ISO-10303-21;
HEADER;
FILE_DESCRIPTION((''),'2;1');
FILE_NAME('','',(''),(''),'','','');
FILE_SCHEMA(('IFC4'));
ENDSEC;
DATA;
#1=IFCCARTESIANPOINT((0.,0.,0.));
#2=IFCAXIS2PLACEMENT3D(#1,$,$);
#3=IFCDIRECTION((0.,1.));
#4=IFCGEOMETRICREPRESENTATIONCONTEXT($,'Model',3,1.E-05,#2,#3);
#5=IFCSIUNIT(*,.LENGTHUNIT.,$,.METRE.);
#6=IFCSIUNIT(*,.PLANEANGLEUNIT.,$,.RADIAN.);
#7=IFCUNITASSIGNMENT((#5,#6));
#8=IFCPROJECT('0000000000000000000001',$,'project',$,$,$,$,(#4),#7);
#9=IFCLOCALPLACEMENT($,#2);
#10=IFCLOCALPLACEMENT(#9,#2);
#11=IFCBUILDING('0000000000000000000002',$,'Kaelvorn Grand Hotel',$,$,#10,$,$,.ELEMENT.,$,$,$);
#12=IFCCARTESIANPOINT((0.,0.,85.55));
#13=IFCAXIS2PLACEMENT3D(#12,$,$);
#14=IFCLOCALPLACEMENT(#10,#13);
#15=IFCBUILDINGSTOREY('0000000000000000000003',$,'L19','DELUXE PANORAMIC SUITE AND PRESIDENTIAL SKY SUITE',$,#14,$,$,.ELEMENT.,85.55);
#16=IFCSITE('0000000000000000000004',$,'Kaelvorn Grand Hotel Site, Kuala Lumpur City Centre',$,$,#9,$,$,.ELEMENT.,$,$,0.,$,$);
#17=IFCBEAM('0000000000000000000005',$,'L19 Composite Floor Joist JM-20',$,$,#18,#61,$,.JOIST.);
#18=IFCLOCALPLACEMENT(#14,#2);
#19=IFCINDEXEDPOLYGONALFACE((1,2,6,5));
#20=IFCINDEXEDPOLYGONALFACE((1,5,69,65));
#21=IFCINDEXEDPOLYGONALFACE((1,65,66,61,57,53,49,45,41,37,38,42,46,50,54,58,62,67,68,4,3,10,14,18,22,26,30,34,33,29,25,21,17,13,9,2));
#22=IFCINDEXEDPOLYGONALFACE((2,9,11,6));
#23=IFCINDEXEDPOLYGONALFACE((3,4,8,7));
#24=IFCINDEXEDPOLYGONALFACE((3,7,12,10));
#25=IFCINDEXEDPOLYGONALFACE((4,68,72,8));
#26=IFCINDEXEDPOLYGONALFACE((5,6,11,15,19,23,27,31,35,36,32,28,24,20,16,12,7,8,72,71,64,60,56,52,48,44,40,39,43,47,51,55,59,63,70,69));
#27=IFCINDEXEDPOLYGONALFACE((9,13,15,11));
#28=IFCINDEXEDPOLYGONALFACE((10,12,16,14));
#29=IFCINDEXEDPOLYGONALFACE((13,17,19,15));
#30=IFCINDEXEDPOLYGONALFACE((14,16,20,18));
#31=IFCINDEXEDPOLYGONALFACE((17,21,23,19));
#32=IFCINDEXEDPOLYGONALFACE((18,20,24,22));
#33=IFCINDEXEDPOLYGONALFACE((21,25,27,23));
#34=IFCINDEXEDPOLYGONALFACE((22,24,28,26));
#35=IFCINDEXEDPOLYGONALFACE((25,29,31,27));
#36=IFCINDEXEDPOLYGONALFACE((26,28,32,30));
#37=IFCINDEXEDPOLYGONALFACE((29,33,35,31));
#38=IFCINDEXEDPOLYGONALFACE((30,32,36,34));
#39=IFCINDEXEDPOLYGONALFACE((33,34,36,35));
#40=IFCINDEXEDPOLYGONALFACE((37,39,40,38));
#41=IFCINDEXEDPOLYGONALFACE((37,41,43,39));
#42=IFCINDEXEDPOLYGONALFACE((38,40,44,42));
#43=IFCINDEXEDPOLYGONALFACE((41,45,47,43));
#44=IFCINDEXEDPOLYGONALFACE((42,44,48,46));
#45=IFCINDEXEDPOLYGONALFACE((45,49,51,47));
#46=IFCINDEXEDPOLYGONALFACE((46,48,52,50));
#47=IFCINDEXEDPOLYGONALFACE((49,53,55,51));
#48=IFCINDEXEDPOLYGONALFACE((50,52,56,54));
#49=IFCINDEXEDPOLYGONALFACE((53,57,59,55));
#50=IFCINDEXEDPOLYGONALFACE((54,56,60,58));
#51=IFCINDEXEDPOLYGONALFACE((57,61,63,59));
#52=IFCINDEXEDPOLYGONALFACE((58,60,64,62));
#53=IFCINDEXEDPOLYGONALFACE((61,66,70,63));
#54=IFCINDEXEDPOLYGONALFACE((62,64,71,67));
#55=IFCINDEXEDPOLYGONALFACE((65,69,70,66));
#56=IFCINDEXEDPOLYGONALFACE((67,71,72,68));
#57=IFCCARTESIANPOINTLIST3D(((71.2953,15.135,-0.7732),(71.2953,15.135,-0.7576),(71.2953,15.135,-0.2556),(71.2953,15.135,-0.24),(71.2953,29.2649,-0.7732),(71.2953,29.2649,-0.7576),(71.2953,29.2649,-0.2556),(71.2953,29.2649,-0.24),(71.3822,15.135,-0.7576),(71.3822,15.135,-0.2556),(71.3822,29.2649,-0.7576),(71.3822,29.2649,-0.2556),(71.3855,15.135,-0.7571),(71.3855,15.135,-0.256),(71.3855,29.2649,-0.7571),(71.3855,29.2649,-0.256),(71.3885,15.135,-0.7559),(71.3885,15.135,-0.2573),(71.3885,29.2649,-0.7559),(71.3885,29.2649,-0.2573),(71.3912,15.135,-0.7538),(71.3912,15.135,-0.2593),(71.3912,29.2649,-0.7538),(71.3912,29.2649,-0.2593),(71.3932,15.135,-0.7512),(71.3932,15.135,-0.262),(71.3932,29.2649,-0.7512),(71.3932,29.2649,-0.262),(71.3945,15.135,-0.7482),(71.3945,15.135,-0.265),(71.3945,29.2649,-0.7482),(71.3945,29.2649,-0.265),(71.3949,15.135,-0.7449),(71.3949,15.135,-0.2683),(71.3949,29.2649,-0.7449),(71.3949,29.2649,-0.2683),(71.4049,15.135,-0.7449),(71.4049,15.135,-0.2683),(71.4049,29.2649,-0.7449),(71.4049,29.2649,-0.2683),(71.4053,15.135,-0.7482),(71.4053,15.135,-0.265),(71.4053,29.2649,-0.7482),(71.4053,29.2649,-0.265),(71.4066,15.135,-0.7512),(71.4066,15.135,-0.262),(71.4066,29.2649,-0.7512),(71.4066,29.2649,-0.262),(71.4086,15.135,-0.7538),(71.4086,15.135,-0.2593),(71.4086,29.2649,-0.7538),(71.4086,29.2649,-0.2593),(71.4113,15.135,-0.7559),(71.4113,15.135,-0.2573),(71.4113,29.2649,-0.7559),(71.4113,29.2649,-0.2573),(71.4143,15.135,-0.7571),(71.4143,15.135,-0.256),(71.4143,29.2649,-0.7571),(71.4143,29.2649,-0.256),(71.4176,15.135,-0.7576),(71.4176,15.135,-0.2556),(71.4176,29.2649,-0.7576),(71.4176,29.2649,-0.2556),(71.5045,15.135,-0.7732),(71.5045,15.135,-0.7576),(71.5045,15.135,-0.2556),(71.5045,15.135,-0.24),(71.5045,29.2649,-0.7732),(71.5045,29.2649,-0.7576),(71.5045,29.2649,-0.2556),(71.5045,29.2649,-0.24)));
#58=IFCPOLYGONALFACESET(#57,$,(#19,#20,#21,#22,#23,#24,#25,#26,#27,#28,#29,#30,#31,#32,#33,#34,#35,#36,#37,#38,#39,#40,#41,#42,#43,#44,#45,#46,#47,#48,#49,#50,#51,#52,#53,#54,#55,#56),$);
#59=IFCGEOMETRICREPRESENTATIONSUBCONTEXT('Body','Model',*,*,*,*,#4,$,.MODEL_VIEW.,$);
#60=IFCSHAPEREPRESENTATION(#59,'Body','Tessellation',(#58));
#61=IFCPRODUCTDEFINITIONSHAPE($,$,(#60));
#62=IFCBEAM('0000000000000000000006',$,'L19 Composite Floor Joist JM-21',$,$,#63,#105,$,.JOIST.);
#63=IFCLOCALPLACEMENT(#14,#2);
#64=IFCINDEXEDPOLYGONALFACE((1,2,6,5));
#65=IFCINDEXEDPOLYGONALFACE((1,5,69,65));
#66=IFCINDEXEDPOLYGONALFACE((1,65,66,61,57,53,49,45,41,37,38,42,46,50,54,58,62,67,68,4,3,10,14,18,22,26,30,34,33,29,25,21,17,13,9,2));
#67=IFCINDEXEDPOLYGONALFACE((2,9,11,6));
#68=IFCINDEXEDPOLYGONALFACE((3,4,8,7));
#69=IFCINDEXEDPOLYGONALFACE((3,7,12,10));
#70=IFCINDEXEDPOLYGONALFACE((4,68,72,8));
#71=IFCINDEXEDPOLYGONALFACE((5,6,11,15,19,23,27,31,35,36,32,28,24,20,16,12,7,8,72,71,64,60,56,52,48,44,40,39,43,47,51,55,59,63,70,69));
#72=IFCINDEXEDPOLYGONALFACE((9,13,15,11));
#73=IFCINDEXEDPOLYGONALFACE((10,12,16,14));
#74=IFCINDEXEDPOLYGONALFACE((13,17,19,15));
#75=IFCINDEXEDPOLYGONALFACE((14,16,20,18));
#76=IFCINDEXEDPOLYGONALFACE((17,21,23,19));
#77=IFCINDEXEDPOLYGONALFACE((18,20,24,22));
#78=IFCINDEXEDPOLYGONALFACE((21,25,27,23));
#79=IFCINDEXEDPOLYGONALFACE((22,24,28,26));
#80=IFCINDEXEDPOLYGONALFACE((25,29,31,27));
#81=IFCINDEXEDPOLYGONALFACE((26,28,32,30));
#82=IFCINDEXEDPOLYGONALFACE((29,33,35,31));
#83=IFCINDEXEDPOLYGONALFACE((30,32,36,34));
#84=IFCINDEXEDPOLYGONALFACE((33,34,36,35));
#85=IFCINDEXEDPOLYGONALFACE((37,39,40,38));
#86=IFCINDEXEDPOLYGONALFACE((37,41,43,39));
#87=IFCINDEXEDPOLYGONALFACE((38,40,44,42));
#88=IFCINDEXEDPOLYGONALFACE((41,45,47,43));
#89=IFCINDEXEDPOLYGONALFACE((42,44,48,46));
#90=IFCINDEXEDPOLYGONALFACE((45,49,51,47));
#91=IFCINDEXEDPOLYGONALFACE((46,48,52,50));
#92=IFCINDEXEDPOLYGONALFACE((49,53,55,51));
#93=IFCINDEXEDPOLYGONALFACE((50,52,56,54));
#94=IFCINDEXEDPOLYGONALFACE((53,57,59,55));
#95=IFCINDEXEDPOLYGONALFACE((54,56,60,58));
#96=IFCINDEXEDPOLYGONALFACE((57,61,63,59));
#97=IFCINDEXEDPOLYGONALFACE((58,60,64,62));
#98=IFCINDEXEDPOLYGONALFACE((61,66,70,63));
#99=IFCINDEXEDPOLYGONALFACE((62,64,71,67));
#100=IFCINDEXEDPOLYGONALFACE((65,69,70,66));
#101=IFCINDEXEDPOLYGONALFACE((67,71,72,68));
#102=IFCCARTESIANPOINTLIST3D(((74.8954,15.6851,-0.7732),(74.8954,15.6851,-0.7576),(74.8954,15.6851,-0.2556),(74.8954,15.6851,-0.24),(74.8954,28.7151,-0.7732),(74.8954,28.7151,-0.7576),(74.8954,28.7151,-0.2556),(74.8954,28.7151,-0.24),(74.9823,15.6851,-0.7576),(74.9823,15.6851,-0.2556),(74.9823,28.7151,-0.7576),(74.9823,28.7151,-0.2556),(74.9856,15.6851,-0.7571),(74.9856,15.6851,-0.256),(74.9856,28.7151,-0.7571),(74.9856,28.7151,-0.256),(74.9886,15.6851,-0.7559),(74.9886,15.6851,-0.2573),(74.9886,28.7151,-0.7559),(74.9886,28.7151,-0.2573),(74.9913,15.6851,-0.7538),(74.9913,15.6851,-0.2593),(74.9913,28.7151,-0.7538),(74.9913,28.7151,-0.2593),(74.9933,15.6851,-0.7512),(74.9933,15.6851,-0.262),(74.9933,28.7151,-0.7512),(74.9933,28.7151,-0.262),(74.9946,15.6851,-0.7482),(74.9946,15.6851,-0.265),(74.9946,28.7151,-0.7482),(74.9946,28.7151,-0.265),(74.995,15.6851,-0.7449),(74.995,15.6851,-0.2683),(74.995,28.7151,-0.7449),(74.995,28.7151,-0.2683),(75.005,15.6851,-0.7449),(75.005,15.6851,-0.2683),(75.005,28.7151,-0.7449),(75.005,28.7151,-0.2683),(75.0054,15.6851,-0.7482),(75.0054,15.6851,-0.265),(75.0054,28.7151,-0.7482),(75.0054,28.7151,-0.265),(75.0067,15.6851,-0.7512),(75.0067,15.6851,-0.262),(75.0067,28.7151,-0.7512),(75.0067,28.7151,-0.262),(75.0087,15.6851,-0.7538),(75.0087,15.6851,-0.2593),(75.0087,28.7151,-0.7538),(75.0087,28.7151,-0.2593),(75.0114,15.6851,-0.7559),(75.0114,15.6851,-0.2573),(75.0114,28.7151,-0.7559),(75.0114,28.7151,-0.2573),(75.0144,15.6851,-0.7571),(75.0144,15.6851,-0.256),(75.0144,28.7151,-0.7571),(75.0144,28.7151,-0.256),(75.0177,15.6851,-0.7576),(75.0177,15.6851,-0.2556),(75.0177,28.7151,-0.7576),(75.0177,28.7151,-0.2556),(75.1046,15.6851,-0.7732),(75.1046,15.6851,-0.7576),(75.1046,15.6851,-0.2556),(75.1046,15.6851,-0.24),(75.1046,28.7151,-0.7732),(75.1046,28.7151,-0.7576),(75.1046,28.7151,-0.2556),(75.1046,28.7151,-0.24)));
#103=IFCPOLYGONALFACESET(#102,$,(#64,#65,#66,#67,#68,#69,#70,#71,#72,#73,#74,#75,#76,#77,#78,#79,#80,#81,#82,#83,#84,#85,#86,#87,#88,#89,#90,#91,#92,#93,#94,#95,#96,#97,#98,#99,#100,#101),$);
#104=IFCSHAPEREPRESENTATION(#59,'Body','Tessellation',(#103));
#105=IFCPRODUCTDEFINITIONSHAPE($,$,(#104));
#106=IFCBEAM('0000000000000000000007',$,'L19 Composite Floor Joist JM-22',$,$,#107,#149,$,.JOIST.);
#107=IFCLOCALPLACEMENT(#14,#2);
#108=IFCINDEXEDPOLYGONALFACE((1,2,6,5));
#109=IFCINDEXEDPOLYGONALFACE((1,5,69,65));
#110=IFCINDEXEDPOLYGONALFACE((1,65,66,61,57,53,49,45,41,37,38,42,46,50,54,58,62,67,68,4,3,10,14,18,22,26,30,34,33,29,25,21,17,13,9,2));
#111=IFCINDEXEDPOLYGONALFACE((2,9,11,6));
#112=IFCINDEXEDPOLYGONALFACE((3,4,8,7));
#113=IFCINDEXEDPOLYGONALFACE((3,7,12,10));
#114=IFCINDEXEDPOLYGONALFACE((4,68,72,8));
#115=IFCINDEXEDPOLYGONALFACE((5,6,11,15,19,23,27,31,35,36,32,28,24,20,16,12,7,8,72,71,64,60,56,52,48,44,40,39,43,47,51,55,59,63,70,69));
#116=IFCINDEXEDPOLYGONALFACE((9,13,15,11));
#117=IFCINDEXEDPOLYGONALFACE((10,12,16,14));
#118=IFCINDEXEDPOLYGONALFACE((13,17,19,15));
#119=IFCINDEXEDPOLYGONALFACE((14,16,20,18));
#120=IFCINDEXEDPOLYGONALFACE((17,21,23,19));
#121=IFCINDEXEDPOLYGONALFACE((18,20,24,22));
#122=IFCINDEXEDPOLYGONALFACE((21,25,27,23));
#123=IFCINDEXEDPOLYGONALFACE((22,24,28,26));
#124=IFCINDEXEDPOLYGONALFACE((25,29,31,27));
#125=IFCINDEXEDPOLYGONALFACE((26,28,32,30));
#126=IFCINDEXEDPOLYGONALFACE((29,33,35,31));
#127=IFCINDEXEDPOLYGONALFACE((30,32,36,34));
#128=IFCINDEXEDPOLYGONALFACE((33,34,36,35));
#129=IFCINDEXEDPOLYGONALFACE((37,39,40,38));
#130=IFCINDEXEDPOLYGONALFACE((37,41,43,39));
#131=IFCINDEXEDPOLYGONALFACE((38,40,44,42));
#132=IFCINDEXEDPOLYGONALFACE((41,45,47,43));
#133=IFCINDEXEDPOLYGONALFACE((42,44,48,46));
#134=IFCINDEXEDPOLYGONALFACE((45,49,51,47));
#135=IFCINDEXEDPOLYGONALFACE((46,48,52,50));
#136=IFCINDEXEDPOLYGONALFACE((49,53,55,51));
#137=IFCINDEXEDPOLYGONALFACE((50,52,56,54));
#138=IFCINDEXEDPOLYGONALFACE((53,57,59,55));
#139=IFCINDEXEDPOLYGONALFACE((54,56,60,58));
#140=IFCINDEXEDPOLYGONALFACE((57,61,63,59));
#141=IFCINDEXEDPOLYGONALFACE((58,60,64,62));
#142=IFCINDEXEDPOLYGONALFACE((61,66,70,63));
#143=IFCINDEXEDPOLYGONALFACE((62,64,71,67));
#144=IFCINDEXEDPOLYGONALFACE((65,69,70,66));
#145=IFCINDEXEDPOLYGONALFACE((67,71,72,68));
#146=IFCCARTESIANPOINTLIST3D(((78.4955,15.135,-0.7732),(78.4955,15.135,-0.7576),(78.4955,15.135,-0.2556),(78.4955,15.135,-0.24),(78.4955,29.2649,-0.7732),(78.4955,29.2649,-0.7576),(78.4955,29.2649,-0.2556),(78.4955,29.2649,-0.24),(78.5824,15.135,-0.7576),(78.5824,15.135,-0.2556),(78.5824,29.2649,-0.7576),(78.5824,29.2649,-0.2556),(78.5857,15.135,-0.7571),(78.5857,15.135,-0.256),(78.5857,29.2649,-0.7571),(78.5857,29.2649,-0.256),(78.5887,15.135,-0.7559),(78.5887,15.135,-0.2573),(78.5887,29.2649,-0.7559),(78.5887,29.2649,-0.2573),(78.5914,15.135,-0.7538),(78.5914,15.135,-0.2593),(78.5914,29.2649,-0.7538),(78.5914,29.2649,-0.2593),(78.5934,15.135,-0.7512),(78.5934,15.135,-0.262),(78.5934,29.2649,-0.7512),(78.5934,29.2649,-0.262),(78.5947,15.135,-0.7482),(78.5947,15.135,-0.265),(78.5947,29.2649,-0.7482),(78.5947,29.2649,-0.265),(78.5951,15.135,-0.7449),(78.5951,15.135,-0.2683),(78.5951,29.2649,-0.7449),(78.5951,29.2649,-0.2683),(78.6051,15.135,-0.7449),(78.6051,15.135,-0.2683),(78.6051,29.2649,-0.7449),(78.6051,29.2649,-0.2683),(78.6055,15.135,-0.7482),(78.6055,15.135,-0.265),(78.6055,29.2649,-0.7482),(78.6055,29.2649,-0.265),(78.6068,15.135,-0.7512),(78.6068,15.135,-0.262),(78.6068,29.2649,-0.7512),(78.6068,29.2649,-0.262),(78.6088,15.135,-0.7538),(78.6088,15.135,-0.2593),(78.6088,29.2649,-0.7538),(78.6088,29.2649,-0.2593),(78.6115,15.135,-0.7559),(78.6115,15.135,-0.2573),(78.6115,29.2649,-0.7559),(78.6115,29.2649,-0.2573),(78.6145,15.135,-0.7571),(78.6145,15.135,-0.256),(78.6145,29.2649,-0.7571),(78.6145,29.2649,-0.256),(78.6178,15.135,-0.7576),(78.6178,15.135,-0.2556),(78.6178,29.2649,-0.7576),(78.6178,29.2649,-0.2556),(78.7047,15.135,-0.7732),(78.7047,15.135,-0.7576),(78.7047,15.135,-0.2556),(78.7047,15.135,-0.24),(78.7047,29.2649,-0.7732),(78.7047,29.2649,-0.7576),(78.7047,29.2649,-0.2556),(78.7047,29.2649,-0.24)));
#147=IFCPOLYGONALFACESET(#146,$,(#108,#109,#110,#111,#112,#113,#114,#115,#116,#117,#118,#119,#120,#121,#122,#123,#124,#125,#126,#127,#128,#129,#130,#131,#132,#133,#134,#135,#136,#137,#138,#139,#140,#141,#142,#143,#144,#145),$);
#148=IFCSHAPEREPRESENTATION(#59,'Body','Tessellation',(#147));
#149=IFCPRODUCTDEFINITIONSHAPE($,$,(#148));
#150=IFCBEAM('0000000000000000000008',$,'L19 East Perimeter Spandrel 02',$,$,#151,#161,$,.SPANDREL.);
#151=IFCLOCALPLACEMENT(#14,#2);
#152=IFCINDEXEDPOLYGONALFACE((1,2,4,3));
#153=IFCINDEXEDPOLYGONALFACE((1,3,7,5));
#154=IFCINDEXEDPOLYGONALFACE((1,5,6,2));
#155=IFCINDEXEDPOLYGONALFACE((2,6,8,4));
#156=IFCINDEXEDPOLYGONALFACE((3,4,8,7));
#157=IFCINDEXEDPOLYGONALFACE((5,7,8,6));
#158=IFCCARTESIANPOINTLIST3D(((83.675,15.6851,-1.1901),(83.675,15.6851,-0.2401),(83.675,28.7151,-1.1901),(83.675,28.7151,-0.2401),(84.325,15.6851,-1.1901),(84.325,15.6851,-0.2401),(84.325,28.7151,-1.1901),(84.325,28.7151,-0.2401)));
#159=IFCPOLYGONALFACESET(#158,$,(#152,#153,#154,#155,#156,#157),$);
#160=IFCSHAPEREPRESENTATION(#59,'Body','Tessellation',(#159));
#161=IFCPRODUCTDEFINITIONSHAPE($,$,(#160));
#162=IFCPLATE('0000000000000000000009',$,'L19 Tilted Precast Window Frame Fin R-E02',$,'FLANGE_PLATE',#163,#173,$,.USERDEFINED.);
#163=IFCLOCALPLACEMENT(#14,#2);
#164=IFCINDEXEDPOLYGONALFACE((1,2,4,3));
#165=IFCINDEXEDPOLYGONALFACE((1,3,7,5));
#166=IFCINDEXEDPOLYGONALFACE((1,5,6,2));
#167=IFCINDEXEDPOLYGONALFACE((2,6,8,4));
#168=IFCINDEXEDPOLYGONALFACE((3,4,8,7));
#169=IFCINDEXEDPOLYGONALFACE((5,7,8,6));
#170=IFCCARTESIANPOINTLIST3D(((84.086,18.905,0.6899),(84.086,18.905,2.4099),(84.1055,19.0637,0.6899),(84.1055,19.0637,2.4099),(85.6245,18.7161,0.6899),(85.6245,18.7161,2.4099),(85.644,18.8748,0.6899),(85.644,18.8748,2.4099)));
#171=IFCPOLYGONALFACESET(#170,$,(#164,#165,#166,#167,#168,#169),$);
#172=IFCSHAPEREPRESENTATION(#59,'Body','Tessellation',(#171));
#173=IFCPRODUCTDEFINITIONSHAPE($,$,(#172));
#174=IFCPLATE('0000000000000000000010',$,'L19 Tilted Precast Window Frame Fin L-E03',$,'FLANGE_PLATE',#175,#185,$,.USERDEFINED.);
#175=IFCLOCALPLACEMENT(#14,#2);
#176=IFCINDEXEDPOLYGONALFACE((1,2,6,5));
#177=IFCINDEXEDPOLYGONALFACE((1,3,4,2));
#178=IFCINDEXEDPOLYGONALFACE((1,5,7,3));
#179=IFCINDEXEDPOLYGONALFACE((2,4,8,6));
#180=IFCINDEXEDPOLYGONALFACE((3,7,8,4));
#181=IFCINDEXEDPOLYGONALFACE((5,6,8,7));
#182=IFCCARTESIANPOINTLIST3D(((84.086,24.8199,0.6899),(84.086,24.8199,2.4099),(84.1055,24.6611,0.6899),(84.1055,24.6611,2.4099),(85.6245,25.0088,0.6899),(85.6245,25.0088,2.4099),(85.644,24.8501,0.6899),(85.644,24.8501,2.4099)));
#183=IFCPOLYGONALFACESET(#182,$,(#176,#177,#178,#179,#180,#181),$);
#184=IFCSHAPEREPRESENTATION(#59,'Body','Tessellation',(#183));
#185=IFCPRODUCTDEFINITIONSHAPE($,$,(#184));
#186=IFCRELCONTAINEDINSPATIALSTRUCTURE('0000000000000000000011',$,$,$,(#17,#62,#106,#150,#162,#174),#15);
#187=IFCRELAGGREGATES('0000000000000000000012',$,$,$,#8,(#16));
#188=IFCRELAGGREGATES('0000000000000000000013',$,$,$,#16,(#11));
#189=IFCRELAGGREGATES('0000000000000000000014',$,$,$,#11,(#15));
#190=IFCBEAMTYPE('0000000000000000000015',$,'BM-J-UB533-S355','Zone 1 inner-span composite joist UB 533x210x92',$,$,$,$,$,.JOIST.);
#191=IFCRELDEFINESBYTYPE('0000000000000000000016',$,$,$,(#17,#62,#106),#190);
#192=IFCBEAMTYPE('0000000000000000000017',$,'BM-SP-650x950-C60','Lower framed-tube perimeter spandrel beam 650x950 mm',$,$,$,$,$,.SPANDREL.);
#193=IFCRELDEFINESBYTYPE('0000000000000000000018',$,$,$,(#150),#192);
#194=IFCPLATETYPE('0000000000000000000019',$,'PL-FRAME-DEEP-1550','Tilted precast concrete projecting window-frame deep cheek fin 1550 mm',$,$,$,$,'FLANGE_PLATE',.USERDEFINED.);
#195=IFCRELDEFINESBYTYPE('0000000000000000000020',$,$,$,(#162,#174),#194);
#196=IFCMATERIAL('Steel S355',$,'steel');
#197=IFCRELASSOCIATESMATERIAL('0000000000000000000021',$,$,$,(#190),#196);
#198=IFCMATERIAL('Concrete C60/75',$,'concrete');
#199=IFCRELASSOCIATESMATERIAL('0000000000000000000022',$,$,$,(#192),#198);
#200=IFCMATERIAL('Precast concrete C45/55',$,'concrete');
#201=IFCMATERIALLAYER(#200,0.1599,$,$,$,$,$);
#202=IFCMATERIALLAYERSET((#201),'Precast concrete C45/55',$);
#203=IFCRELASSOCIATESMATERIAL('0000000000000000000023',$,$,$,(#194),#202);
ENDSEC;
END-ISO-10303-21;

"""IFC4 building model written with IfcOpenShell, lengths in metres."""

from ifc_helpers import new_model, si_unit, direction, frame, origin, origin_2d, place, context, subcontext, project, spatial, rectangle, i_section, extrude, material, layer, layer_set, material_profile, profile_set, type_object, element, save


model = new_model("IFC4")

# Units and contexts
model_context = context("Model", 3, precision=1e-05, world=origin(), true_north=direction((0.0, 1.0)))
body_context = subcontext(model_context, "Body", "Model", "MODEL_VIEW")
ifc_project = project(units=[si_unit("LENGTHUNIT", "METRE"), si_unit("PLANEANGLEUNIT", "RADIAN")], contexts=[model_context])

# Site, building, storey
site_placement = place(None, origin())
site = spatial("IfcSite", under=ifc_project, at=site_placement, Name="Kaelvorn Grand Hotel Site, Kuala Lumpur City Centre", CompositionType="ELEMENT", RefElevation=0.0)
building_placement = place(site_placement, origin())
building = spatial("IfcBuilding", under=site, at=building_placement, Name="Kaelvorn Grand Hotel", CompositionType="ELEMENT")
storey_placement = place(building_placement, frame((0.0, 0.0, 85.55)))
storey = spatial("IfcBuildingStorey", under=building, at=storey_placement, Name="L19", Description="DELUXE PANORAMIC SUITE AND PRESIDENTIAL SKY SUITE", CompositionType="ELEMENT", Elevation=85.55)

# Shared definitions
ifc_material_1 = material(Name="Concrete C60/75", Category="concrete")

# Beams
ifc_material_2 = material(Name="Steel S355", Category="steel")
ifc_material_profile_1 = material_profile(ifc_material_2, i_section(OverallWidth=0.2092, OverallDepth=0.5332, WebThickness=0.01, FlangeThickness=0.0156, FilletRadius=0.0127, at=origin_2d()), Name="UB 533x210x92")
ifc_profile_set_1 = profile_set([ifc_material_profile_1], Name="Steel S355")
beam_type_1 = type_object("IfcBeamType", Name="BM-J-UB533-S355", Description="Zone 1 inner-span composite joist UB 533x210x92", PredefinedType="JOIST", material=ifc_profile_set_1)
beam_1_placement = place(storey_placement, frame((71.3999, 15.135, -0.5066), z_axis=(0.0, 1.0, 0.0), x_axis=(-1.0, 0.0, 0.0)))
element("IfcBeam", 1, at=beam_1_placement, inside=storey, type_object=beam_type_1, Name="L19 Composite Floor Joist JM-20", PredefinedType="JOIST", context=body_context, shape_type="SweptSolid", body=[
    extrude(i_section(OverallWidth=0.2092, OverallDepth=0.5332, WebThickness=0.01, FlangeThickness=0.0156, FilletRadius=0.0127, at=origin_2d()), origin(), (0.0, 0.0, 1.0), 14.1299),
])
beam_2_placement = place(storey_placement, frame((75.0, 15.6851, -0.5066), z_axis=(0.0, 1.0, 0.0), x_axis=(-1.0, 0.0, 0.0)))
element("IfcBeam", 2, at=beam_2_placement, inside=storey, type_object=beam_type_1, Name="L19 Composite Floor Joist JM-21", PredefinedType="JOIST", context=body_context, shape_type="SweptSolid", body=[
    extrude(i_section(OverallWidth=0.2092, OverallDepth=0.5332, WebThickness=0.01, FlangeThickness=0.0156, FilletRadius=0.0127, at=origin_2d()), origin(), (0.0, 0.0, 1.0), 13.03),
])
beam_3_placement = place(storey_placement, frame((78.6001, 15.135, -0.5066), z_axis=(0.0, 1.0, 0.0), x_axis=(-1.0, 0.0, 0.0)))
element("IfcBeam", 3, at=beam_3_placement, inside=storey, type_object=beam_type_1, Name="L19 Composite Floor Joist JM-22", PredefinedType="JOIST", context=body_context, shape_type="SweptSolid", body=[
    extrude(i_section(OverallWidth=0.2092, OverallDepth=0.5332, WebThickness=0.01, FlangeThickness=0.0156, FilletRadius=0.0127, at=origin_2d()), origin(), (0.0, 0.0, 1.0), 14.1299),
])
ifc_material_profile_2 = material_profile(ifc_material_1, rectangle(XDim=0.6499, YDim=0.95, at=origin_2d()), Name="RC SPANDREL 650x950")
ifc_profile_set_2 = profile_set([ifc_material_profile_2], Name="Concrete C60/75")
beam_type_2 = type_object("IfcBeamType", Name="BM-SP-650x950-C60", Description="Lower framed-tube perimeter spandrel beam 650x950 mm", PredefinedType="SPANDREL", material=ifc_profile_set_2)
beam_4_placement = place(storey_placement, frame((84.0, 15.6851, -0.7151), z_axis=(0.0, 1.0, 0.0), x_axis=(-1.0, 0.0, 0.0)))
element("IfcBeam", 4, at=beam_4_placement, inside=storey, type_object=beam_type_2, Name="L19 East Perimeter Spandrel 02", PredefinedType="SPANDREL", context=body_context, shape_type="SweptSolid", body=[
    extrude(rectangle(XDim=0.6499, YDim=0.95, at=origin_2d()), origin(), (0.0, 0.0, 1.0), 13.03),
])

# Plates
ifc_material_3 = material(Name="Precast concrete C45/55", Category="concrete")
ifc_layer_1 = layer(ifc_material_3, 0.1599)
ifc_layer_set_1 = layer_set([ifc_layer_1], Name="Precast concrete C45/55")
plate_type_1 = type_object("IfcPlateType", Name="PL-FRAME-DEEP-1550", Description="Tilted precast concrete projecting window-frame deep cheek fin 1550 mm", ElementType="FLANGE_PLATE", PredefinedType="USERDEFINED", material=ifc_layer_set_1)
for number, where, z_axis, x_axis, name in (
    (5, (84.865, 18.8899, 0.6899), (0.0, 0.0, 1.0), (0.121869, 0.992546, 0.0), "L19 Tilted Precast Window Frame Fin R-E02"),
    (6, (84.865, 24.835, 0.6899), (0.0, 0.0, 1.0), (-0.121869, 0.992546, 0.0), "L19 Tilted Precast Window Frame Fin L-E03"),
):
    element("IfcPlate", number, at=place(storey_placement, frame(where, z_axis=z_axis, x_axis=x_axis)), inside=storey, type_object=plate_type_1, Name=name, ObjectType="FLANGE_PLATE", PredefinedType="USERDEFINED", context=body_context, shape_type="SweptSolid", body=[
        extrude(rectangle(XDim=0.1599, YDim=1.55, at=origin_2d()), origin(), (0.0, 0.0, 1.0), 1.72),
    ])

save(model, "model.ifc")
